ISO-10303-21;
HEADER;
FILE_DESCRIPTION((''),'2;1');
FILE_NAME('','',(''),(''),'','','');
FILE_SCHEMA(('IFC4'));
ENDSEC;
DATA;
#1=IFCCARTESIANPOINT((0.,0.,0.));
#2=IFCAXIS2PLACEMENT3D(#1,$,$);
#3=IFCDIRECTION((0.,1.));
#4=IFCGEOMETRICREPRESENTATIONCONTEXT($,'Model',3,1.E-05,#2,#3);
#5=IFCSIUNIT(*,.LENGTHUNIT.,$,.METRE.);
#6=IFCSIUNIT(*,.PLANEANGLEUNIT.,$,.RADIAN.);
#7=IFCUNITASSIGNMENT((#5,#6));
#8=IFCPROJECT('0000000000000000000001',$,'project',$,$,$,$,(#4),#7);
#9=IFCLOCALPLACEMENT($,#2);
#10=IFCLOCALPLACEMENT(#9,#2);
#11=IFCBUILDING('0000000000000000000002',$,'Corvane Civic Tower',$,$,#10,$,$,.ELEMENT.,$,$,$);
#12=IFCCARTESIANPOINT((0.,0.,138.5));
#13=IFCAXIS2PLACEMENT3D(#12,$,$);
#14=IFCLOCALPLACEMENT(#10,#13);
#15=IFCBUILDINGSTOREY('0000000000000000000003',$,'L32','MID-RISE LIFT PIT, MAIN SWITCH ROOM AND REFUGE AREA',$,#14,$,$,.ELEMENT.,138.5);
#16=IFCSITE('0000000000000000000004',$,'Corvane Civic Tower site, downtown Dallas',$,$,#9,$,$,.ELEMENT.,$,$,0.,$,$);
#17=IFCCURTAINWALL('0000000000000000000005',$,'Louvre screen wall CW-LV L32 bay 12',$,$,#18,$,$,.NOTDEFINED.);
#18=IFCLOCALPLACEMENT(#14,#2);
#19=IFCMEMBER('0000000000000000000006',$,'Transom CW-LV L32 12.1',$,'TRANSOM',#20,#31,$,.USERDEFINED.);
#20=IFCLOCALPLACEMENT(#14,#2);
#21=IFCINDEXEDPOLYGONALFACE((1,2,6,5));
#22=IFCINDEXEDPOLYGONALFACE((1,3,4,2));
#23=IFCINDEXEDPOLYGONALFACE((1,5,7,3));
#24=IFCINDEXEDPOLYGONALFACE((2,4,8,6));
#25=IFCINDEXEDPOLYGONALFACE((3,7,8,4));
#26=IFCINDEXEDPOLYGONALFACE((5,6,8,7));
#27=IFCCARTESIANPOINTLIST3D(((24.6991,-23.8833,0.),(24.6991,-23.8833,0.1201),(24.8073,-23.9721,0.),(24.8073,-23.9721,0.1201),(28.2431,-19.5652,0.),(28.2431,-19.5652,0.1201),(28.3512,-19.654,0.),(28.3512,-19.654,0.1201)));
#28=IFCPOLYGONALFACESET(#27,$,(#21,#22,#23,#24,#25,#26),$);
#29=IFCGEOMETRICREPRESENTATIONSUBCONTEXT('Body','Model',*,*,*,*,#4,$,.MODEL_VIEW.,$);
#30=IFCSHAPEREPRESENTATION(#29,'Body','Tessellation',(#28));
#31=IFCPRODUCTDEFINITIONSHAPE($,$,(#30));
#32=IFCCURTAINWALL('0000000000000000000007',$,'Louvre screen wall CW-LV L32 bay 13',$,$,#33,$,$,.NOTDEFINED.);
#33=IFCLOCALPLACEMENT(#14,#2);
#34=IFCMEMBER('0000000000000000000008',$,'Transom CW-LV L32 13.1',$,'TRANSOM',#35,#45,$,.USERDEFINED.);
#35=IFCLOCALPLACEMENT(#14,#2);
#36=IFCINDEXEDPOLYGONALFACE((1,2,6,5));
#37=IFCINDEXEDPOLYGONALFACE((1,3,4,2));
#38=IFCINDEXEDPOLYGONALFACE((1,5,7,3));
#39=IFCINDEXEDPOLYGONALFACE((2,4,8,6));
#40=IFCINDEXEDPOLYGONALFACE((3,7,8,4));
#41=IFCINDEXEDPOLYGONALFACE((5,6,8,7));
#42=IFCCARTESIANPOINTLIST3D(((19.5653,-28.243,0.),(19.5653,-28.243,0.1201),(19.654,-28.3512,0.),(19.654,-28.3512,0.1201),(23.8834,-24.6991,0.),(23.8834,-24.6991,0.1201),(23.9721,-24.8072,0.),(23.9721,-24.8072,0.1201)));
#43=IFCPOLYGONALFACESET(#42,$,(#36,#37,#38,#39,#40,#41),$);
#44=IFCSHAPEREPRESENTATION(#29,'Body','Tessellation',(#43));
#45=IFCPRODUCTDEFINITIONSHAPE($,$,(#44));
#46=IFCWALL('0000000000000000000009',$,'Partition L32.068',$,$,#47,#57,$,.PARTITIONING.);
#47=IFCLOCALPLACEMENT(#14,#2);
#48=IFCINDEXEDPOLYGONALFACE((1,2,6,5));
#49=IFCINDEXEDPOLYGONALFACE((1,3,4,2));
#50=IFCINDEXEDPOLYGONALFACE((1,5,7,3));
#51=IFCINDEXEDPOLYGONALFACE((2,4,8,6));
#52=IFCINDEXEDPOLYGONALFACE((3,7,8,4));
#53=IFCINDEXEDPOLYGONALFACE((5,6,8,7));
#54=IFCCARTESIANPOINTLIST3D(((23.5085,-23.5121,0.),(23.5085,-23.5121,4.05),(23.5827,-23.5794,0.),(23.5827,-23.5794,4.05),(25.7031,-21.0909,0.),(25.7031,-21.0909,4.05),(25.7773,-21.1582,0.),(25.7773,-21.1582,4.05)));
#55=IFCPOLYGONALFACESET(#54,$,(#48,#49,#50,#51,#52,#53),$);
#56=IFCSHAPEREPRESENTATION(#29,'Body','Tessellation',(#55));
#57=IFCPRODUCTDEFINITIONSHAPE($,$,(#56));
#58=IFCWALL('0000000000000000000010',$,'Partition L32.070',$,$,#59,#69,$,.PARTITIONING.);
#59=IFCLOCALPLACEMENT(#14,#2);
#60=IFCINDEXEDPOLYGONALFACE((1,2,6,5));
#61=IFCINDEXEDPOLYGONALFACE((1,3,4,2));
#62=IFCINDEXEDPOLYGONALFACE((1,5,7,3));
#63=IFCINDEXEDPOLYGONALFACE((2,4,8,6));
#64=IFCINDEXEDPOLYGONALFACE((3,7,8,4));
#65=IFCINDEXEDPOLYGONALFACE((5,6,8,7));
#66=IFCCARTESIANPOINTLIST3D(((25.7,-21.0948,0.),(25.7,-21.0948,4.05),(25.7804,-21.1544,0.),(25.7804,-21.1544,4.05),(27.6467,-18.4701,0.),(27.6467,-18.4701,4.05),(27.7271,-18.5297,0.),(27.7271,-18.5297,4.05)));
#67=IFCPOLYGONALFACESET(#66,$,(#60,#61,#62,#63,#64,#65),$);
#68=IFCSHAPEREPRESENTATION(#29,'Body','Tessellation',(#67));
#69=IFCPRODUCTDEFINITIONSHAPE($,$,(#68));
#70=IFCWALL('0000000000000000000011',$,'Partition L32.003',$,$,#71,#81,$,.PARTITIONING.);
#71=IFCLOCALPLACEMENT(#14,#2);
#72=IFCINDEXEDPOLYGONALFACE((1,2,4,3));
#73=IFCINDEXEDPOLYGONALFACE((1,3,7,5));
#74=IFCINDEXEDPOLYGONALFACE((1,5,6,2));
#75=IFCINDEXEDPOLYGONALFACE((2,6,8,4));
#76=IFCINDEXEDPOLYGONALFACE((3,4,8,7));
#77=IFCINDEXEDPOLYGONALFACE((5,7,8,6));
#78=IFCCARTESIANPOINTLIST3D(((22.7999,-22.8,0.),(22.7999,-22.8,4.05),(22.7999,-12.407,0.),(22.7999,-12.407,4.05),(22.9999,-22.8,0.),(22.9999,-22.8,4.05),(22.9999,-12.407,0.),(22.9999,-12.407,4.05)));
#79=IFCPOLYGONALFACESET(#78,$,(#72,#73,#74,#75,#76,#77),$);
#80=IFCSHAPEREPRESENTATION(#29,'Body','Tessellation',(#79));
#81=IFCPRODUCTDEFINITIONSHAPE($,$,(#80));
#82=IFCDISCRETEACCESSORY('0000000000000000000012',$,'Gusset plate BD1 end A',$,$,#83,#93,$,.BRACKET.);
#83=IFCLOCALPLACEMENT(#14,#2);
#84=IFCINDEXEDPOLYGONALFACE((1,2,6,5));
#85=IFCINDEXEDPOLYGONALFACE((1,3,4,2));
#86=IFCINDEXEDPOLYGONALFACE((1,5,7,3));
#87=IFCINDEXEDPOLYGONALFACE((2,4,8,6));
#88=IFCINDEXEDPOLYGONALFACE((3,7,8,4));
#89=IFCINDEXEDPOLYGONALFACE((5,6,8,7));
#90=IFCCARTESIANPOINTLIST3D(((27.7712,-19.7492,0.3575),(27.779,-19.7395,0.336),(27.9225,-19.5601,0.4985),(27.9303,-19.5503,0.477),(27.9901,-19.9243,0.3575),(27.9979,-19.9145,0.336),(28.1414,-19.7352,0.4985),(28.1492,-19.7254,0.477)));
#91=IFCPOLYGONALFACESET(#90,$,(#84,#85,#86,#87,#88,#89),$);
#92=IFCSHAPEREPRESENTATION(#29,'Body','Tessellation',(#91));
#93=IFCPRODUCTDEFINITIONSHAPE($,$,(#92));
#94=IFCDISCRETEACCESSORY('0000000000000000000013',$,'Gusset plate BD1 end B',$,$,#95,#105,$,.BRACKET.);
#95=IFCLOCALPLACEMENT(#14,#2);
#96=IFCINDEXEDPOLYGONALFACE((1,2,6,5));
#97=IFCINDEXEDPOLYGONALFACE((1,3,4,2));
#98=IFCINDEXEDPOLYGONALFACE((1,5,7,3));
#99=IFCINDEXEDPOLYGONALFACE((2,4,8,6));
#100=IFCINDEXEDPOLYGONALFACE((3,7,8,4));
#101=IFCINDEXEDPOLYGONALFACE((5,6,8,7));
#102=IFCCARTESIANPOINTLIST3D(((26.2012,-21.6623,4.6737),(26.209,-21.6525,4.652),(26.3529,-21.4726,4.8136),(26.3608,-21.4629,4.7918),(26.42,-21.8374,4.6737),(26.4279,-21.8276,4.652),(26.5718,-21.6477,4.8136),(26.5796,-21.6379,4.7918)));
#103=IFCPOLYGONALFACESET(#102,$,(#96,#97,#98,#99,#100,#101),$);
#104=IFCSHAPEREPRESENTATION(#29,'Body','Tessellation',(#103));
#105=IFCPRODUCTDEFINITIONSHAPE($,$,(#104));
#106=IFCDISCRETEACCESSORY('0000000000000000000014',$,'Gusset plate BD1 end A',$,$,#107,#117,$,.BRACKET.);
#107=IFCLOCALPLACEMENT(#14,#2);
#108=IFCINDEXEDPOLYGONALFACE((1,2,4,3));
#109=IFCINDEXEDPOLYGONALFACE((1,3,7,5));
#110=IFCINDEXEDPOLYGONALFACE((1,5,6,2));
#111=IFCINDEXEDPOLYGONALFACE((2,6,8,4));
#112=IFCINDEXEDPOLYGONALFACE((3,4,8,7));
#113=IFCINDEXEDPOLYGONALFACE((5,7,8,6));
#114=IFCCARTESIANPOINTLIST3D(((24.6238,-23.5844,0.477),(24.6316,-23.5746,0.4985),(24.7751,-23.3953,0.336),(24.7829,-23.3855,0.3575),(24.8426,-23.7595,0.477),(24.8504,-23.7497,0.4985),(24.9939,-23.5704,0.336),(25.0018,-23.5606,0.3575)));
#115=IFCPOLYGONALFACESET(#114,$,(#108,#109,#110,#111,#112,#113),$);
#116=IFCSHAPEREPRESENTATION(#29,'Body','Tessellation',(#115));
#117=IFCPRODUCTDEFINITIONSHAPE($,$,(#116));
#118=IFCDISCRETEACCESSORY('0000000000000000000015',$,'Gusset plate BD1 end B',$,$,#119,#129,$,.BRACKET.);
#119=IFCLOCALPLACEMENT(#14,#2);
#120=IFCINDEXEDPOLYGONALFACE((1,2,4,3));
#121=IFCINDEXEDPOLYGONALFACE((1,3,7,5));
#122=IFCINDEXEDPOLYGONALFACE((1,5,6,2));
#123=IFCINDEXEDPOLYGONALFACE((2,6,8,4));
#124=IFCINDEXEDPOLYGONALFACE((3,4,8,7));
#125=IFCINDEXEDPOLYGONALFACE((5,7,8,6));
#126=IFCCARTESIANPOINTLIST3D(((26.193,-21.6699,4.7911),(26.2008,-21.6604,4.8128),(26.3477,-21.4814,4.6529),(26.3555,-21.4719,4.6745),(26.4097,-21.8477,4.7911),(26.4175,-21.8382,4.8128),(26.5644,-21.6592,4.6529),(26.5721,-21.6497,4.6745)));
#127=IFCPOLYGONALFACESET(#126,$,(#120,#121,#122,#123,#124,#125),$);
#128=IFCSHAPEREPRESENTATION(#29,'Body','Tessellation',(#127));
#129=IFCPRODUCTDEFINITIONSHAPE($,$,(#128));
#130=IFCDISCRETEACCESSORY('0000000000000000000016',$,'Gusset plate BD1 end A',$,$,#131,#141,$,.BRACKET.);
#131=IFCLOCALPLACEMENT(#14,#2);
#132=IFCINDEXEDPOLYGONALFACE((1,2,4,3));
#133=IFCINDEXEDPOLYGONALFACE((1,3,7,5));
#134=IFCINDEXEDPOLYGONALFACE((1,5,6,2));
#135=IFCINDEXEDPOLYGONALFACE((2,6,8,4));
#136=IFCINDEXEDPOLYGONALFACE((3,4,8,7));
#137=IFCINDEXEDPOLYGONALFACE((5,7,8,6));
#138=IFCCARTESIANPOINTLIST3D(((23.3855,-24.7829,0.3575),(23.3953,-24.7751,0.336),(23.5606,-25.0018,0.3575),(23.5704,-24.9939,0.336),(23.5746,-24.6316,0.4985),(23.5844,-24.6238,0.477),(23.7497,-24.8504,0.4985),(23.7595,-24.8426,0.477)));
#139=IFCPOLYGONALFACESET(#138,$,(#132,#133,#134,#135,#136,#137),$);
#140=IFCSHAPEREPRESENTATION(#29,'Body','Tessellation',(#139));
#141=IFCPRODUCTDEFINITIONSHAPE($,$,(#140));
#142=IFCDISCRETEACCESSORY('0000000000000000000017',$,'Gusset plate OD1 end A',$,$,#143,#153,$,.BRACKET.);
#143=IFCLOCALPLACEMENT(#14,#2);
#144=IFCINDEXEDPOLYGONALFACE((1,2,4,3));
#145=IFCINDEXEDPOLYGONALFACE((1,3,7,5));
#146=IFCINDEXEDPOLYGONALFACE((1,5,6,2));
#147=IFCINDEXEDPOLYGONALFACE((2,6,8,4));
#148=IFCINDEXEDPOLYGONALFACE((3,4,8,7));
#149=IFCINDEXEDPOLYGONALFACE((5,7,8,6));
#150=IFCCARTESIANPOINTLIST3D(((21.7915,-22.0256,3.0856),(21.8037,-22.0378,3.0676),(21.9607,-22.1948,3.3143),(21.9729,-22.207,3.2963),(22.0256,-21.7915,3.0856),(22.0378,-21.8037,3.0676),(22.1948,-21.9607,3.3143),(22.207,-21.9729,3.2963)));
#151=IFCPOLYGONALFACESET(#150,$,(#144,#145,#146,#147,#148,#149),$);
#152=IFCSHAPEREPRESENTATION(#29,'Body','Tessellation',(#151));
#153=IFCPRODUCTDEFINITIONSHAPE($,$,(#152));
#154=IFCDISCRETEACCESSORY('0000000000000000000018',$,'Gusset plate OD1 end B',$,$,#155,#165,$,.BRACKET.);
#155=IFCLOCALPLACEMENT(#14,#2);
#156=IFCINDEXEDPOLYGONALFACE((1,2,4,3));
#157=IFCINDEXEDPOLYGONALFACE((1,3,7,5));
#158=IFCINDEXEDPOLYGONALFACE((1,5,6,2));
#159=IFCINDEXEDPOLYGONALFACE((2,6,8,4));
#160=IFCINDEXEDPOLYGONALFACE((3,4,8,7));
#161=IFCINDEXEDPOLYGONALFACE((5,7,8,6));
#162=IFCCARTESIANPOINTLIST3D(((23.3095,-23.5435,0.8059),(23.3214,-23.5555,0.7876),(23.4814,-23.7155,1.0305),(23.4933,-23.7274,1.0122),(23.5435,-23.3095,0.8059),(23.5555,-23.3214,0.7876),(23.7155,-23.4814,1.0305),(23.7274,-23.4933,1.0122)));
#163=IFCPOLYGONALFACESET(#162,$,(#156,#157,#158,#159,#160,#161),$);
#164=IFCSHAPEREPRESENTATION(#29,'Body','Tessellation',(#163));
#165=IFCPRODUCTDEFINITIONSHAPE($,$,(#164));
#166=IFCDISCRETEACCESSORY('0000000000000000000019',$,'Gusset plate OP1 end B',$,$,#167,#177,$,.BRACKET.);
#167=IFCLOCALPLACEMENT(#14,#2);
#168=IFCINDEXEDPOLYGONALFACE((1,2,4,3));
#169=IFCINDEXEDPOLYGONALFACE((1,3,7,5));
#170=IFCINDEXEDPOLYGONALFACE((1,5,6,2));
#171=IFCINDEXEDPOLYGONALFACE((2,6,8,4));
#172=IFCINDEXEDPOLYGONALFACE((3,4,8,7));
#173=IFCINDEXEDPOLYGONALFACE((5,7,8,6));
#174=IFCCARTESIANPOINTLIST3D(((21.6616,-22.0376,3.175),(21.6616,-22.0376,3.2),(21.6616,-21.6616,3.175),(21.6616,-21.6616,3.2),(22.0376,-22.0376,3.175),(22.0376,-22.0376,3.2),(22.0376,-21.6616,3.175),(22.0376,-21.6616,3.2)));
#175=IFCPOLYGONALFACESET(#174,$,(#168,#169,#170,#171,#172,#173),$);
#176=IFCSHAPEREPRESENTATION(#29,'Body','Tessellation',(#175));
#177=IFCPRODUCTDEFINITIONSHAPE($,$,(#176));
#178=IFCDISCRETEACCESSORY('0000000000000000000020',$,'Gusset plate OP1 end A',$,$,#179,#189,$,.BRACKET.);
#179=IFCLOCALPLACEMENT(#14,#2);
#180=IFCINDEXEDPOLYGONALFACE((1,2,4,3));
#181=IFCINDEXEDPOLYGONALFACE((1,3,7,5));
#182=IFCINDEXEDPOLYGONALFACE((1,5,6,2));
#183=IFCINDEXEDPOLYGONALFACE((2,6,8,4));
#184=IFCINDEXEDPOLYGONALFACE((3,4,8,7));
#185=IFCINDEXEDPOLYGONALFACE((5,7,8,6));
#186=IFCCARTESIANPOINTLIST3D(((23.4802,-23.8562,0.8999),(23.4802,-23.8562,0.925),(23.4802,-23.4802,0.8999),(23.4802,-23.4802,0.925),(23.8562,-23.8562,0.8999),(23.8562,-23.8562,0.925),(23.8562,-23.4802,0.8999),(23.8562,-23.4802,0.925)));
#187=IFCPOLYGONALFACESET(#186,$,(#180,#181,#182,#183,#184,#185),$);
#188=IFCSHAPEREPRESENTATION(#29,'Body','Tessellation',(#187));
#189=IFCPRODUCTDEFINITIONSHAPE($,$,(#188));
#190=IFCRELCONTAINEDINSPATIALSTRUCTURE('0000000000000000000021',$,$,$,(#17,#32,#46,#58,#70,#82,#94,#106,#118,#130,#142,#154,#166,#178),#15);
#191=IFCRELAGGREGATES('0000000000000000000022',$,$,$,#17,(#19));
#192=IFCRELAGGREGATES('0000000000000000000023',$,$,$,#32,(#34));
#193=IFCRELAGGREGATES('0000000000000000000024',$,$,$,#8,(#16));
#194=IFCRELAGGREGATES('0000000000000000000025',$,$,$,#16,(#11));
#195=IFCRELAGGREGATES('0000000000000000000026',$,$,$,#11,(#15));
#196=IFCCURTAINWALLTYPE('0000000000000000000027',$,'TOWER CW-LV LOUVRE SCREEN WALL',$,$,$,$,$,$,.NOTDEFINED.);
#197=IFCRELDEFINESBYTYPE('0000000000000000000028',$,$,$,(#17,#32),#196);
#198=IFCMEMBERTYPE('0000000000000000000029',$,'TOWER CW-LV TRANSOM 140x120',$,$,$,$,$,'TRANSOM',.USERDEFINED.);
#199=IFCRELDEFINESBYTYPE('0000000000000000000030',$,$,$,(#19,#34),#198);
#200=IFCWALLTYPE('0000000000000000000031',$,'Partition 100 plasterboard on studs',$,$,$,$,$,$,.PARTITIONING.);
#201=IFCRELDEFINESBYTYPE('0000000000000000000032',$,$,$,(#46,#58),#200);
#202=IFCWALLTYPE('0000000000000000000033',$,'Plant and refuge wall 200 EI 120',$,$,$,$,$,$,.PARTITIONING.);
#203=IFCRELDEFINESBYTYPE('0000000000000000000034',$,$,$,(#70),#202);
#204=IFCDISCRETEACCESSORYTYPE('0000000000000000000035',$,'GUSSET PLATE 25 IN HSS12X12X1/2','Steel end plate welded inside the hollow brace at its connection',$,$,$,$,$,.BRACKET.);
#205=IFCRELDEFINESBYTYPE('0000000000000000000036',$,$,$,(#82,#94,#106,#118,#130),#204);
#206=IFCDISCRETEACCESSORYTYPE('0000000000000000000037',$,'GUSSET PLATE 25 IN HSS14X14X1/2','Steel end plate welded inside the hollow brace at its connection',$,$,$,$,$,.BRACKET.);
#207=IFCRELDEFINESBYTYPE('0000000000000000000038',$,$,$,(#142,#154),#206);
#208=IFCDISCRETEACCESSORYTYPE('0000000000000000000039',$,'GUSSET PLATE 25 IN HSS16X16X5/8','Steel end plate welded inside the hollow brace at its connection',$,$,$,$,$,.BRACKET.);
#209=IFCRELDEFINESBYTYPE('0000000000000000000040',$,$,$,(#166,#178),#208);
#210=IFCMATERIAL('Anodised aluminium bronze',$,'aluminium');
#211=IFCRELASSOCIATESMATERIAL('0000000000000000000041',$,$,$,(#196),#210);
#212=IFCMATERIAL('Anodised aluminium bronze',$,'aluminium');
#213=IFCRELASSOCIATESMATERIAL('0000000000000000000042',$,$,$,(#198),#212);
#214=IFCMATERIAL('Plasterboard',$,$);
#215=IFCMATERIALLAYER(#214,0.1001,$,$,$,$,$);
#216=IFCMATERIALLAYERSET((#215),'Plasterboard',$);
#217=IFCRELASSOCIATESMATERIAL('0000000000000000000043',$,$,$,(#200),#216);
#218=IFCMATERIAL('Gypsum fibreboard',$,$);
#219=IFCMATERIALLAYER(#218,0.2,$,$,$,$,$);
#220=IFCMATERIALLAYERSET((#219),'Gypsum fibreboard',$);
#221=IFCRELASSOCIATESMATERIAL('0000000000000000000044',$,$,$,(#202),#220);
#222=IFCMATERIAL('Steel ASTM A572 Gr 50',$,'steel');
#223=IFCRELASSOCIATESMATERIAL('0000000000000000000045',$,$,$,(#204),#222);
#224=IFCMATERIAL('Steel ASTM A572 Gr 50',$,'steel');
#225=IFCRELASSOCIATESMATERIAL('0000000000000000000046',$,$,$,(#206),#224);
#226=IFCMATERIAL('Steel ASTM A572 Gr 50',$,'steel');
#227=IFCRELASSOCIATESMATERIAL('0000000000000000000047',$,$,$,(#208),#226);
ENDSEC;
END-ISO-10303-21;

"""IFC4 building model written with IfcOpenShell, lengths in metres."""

from ifc_helpers import new_model, si_unit, direction, frame, frame_2d, origin, origin_2d, place, context, subcontext, project, spatial, rectangle, extrude, material, layer, layer_set, material_profile, profile_set, type_object, element, aggregate, save


model = new_model("IFC4")

# Units and contexts
model_context = context("Model", 3, precision=1e-05, world=origin(), true_north=direction((0.0, 1.0)))
body_context = subcontext(model_context, "Body", "Model", "MODEL_VIEW")
ifc_project = project(units=[si_unit("LENGTHUNIT", "METRE"), si_unit("PLANEANGLEUNIT", "RADIAN")], contexts=[model_context])

# Site, building, storey
site_placement = place(None, origin())
site = spatial("IfcSite", under=ifc_project, at=site_placement, Name="Corvane Civic Tower site, downtown Dallas", CompositionType="ELEMENT", RefElevation=0.0)
building_placement = place(site_placement, origin())
building = spatial("IfcBuilding", under=site, at=building_placement, Name="Corvane Civic Tower", CompositionType="ELEMENT")
storey_placement = place(building_placement, frame((0.0, 0.0, 138.5)))
storey = spatial("IfcBuildingStorey", under=building, at=storey_placement, Name="L32", Description="MID-RISE LIFT PIT, MAIN SWITCH ROOM AND REFUGE AREA", CompositionType="ELEMENT", Elevation=138.5)

# Curtain walls, members
ifc_material_1 = material(Name="Anodised aluminium bronze", Category="aluminium")
curtain_wall_type = type_object("IfcCurtainWallType", Name="TOWER CW-LV LOUVRE SCREEN WALL", PredefinedType="NOTDEFINED", material=ifc_material_1)
curtain_wall_1_placement = place(storey_placement, origin())
curtain_wall_1 = element("IfcCurtainWall", 1, at=curtain_wall_1_placement, inside=storey, type_object=curtain_wall_type, Name="Louvre screen wall CW-LV L32 bay 12", PredefinedType="NOTDEFINED")
ifc_material_2 = material(Name="Anodised aluminium bronze", Category="aluminium")
ifc_material_profile_1 = material_profile(ifc_material_2, rectangle(XDim=0.1399, YDim=0.1201, at=origin_2d()), Name="TOWER CW-LV TRANSOM 140x120")
ifc_profile_set_1 = profile_set([ifc_material_profile_1], Name="Anodised aluminium bronze")
member_type_1 = type_object("IfcMemberType", Name="TOWER CW-LV TRANSOM 140x120", ElementType="TRANSOM", PredefinedType="USERDEFINED", material=ifc_profile_set_1)
member_1_placement = place(storey_placement, frame((28.2971, -19.6096, 0.0601), z_axis=(-0.63441, -0.772996, 0.0), x_axis=(0.772996, -0.63441, 0.0)))
member_1 = element("IfcMember", 2, at=member_1_placement, type_object=member_type_1, Name="Transom CW-LV L32 12.1", ObjectType="TRANSOM", PredefinedType="USERDEFINED", context=body_context, shape_type="SweptSolid", body=[
    extrude(rectangle(XDim=0.1399, YDim=0.1201, at=origin_2d()), origin(), (0.0, 0.0, 1.0), 5.5862),
])
curtain_wall_2_placement = place(storey_placement, origin())
curtain_wall_2 = element("IfcCurtainWall", 3, at=curtain_wall_2_placement, inside=storey, type_object=curtain_wall_type, Name="Louvre screen wall CW-LV L32 bay 13", PredefinedType="NOTDEFINED")
member_2_placement = place(storey_placement, frame((23.9277, -24.7532, 0.0601), z_axis=(-0.772996, -0.63441, 0.0), x_axis=(0.63441, -0.772996, 0.0)))
member_2 = element("IfcMember", 4, at=member_2_placement, type_object=member_type_1, Name="Transom CW-LV L32 13.1", ObjectType="TRANSOM", PredefinedType="USERDEFINED", context=body_context, shape_type="SweptSolid", body=[
    extrude(rectangle(XDim=0.1399, YDim=0.1201, at=origin_2d()), origin(), (0.0, 0.0, 1.0), 5.5862),
])

# Walls
ifc_material_3 = material(Name="Plasterboard")
ifc_layer_1 = layer(ifc_material_3, 0.1001)
ifc_layer_set_1 = layer_set([ifc_layer_1], Name="Plasterboard")
wall_type_1 = type_object("IfcWallType", Name="Partition 100 plasterboard on studs", PredefinedType="PARTITIONING", material=ifc_layer_set_1)
for number, where, z_axis, x_axis, name in (
    (5, (23.5457, -23.5457, 0.0), (0.0, 0.0, 1.0), (0.67159, 0.740923, 0.0), "Partition L32.068"),
    (6, (25.7402, -21.1245, 0.0), (0.0, 0.0, 1.0), (0.595724, 0.803189, 0.0), "Partition L32.070"),
):
    element("IfcWall", number, at=place(storey_placement, frame(where, z_axis=z_axis, x_axis=x_axis)), inside=storey, type_object=wall_type_1, Name=name, PredefinedType="PARTITIONING", context=body_context, shape_type="SweptSolid", body=[
        extrude(rectangle(XDim=3.2678, YDim=0.1001, at=frame_2d((1.6338, 0.0))), origin(), (0.0, 0.0, 1.0), 4.05),
    ])
ifc_material_4 = material(Name="Gypsum fibreboard")
ifc_layer_2 = layer(ifc_material_4, 0.2)
ifc_layer_set_2 = layer_set([ifc_layer_2], Name="Gypsum fibreboard")
wall_type_2 = type_object("IfcWallType", Name="Plant and refuge wall 200 EI 120", PredefinedType="PARTITIONING", material=ifc_layer_set_2)
wall_placement = place(storey_placement, frame((22.8999, -22.8, 0.0), z_axis=(0.0, 0.0, 1.0), x_axis=(0.0, 1.0, 0.0)))
element("IfcWall", 7, at=wall_placement, inside=storey, type_object=wall_type_2, Name="Partition L32.003", PredefinedType="PARTITIONING", context=body_context, shape_type="SweptSolid", body=[
    extrude(rectangle(XDim=10.3931, YDim=0.2, at=frame_2d((5.1965, 0.0))), origin(), (0.0, 0.0, 1.0), 4.05),
])

aggregate(curtain_wall_1, [member_1])
aggregate(curtain_wall_2, [member_2])

# Discrete accessories
ifc_material_5 = material(Name="Steel ASTM A572 Gr 50", Category="steel")
ifc_material_profile_2 = material_profile(ifc_material_5, rectangle(XDim=0.2803, YDim=0.2803, at=origin_2d()), Name="GUSSET PLATE 25 IN HSS12X12X1/2")
ifc_profile_set_2 = profile_set([ifc_material_profile_2], Name="Steel ASTM A572 Gr 50")
discrete_accessory_type_1 = type_object("IfcDiscreteAccessoryType", Name="GUSSET PLATE 25 IN HSS12X12X1/2", Description="Steel end plate welded inside the hollow brace at its connection", PredefinedType="BRACKET", material=ifc_profile_set_2)
discrete_accessory_1_placement = place(storey_placement, frame((27.9641, -19.7324, 0.4065), z_axis=(-0.31427, -0.392837, 0.864242), x_axis=(0.780869, -0.624695, 0.0)))
element("IfcDiscreteAccessory", 8, at=discrete_accessory_1_placement, inside=storey, type_object=discrete_accessory_type_1, Name="Gusset plate BD1 end A", PredefinedType="BRACKET", context=body_context, shape_type="SweptSolid", body=[
    extrude(rectangle(XDim=0.2803, YDim=0.2803, at=origin_2d()), origin(), (0.0, 0.0, 1.0), 0.0249),
])
discrete_accessory_2_placement = place(storey_placement, frame((26.3865, -21.655, 4.7437), z_axis=(0.311621, 0.389526, -0.866696), x_axis=(-0.780869, 0.624695, 0.0)))
element("IfcDiscreteAccessory", 9, at=discrete_accessory_2_placement, inside=storey, type_object=discrete_accessory_type_1, Name="Gusset plate BD1 end B", PredefinedType="BRACKET", context=body_context, shape_type="SweptSolid", body=[
    extrude(rectangle(XDim=0.2803, YDim=0.2803, at=origin_2d()), origin(), (0.0, 0.0, 1.0), 0.0251),
])
for number, where, z_axis, x_axis, name in (
    (10, (24.8088, -23.5774, 0.4065), (0.31427, 0.392837, 0.864242), (-0.780869, 0.624695, 0.0), "Gusset plate BD1 end A"),
    (11, (26.3865, -21.655, 4.7437), (-0.312795, -0.381219, -0.869961), (0.773073, -0.634317, 0.0), "Gusset plate BD1 end B"),
    (12, (23.5774, -24.8088, 0.4065), (-0.392837, -0.31427, 0.864242), (0.624695, -0.780869, 0.0), "Gusset plate BD1 end A"),
):
    element("IfcDiscreteAccessory", number, at=place(storey_placement, frame(where, z_axis=z_axis, x_axis=x_axis)), inside=storey, type_object=discrete_accessory_type_1, Name=name, PredefinedType="BRACKET", context=body_context, shape_type="SweptSolid", body=[
        extrude(rectangle(XDim=0.2803, YDim=0.2803, at=origin_2d()), origin(), (0.0, 0.0, 1.0), 0.0249),
    ])
ifc_material_6 = material(Name="Steel ASTM A572 Gr 50", Category="steel")
ifc_material_profile_3 = material_profile(ifc_material_6, rectangle(XDim=0.3311, YDim=0.3311, at=origin_2d()), Name="GUSSET PLATE 25 IN HSS14X14X1/2")
ifc_profile_set_3 = profile_set([ifc_material_profile_3], Name="Steel ASTM A572 Gr 50")
discrete_accessory_type_2 = type_object("IfcDiscreteAccessoryType", Name="GUSSET PLATE 25 IN HSS14X14X1/2", Description="Steel end plate welded inside the hollow brace at its connection", PredefinedType="BRACKET", material=ifc_profile_set_3)
for number, where, z_axis, x_axis, name in (
    (13, (21.9932, -21.9932, 3.2), (0.488509, -0.488509, -0.722993), (0.707107, 0.707107, 0.0), "Gusset plate OD1 end A"),
    (14, (23.5244, -23.5244, 0.8999), (-0.479862, 0.479862, 0.734483), (-0.707107, -0.707107, 0.0), "Gusset plate OD1 end B"),
):
    element("IfcDiscreteAccessory", number, at=place(storey_placement, frame(where, z_axis=z_axis, x_axis=x_axis)), inside=storey, type_object=discrete_accessory_type_2, Name=name, PredefinedType="BRACKET", context=body_context, shape_type="SweptSolid", body=[
        extrude(rectangle(XDim=0.3311, YDim=0.3311, at=origin_2d()), origin(), (0.0, 0.0, 1.0), 0.0249),
    ])
ifc_material_7 = material(Name="Steel ASTM A572 Gr 50", Category="steel")
ifc_material_profile_4 = material_profile(ifc_material_7, rectangle(XDim=0.376, YDim=0.376, at=origin_2d()), Name="GUSSET PLATE 25 IN HSS16X16X5/8")
ifc_profile_set_4 = profile_set([ifc_material_profile_4], Name="Steel ASTM A572 Gr 50")
discrete_accessory_type_3 = type_object("IfcDiscreteAccessoryType", Name="GUSSET PLATE 25 IN HSS16X16X5/8", Description="Steel end plate welded inside the hollow brace at its connection", PredefinedType="BRACKET", material=ifc_profile_set_4)
discrete_accessory_3_placement = place(storey_placement, frame((21.8496, -21.8496, 3.2), z_axis=(0.0, 0.0, -1.0), x_axis=(1.0, 0.0, 0.0)))
element("IfcDiscreteAccessory", 15, at=discrete_accessory_3_placement, inside=storey, type_object=discrete_accessory_type_3, Name="Gusset plate OP1 end B", PredefinedType="BRACKET", context=body_context, shape_type="SweptSolid", body=[
    extrude(rectangle(XDim=0.376, YDim=0.376, at=origin_2d()), origin(), (0.0, 0.0, 1.0), 0.0249),
])
discrete_accessory_4_placement = place(storey_placement, frame((23.6682, -23.6682, 0.8999), z_axis=(0.0, 0.0, 1.0), x_axis=(1.0, 0.0, 0.0)))
element("IfcDiscreteAccessory", 16, at=discrete_accessory_4_placement, inside=storey, type_object=discrete_accessory_type_3, Name="Gusset plate OP1 end A", PredefinedType="BRACKET", context=body_context, shape_type="SweptSolid", body=[
    extrude(rectangle(XDim=0.376, YDim=0.376, at=origin_2d()), origin(), (0.0, 0.0, 1.0), 0.0251),
])

save(model, "model.ifc")
